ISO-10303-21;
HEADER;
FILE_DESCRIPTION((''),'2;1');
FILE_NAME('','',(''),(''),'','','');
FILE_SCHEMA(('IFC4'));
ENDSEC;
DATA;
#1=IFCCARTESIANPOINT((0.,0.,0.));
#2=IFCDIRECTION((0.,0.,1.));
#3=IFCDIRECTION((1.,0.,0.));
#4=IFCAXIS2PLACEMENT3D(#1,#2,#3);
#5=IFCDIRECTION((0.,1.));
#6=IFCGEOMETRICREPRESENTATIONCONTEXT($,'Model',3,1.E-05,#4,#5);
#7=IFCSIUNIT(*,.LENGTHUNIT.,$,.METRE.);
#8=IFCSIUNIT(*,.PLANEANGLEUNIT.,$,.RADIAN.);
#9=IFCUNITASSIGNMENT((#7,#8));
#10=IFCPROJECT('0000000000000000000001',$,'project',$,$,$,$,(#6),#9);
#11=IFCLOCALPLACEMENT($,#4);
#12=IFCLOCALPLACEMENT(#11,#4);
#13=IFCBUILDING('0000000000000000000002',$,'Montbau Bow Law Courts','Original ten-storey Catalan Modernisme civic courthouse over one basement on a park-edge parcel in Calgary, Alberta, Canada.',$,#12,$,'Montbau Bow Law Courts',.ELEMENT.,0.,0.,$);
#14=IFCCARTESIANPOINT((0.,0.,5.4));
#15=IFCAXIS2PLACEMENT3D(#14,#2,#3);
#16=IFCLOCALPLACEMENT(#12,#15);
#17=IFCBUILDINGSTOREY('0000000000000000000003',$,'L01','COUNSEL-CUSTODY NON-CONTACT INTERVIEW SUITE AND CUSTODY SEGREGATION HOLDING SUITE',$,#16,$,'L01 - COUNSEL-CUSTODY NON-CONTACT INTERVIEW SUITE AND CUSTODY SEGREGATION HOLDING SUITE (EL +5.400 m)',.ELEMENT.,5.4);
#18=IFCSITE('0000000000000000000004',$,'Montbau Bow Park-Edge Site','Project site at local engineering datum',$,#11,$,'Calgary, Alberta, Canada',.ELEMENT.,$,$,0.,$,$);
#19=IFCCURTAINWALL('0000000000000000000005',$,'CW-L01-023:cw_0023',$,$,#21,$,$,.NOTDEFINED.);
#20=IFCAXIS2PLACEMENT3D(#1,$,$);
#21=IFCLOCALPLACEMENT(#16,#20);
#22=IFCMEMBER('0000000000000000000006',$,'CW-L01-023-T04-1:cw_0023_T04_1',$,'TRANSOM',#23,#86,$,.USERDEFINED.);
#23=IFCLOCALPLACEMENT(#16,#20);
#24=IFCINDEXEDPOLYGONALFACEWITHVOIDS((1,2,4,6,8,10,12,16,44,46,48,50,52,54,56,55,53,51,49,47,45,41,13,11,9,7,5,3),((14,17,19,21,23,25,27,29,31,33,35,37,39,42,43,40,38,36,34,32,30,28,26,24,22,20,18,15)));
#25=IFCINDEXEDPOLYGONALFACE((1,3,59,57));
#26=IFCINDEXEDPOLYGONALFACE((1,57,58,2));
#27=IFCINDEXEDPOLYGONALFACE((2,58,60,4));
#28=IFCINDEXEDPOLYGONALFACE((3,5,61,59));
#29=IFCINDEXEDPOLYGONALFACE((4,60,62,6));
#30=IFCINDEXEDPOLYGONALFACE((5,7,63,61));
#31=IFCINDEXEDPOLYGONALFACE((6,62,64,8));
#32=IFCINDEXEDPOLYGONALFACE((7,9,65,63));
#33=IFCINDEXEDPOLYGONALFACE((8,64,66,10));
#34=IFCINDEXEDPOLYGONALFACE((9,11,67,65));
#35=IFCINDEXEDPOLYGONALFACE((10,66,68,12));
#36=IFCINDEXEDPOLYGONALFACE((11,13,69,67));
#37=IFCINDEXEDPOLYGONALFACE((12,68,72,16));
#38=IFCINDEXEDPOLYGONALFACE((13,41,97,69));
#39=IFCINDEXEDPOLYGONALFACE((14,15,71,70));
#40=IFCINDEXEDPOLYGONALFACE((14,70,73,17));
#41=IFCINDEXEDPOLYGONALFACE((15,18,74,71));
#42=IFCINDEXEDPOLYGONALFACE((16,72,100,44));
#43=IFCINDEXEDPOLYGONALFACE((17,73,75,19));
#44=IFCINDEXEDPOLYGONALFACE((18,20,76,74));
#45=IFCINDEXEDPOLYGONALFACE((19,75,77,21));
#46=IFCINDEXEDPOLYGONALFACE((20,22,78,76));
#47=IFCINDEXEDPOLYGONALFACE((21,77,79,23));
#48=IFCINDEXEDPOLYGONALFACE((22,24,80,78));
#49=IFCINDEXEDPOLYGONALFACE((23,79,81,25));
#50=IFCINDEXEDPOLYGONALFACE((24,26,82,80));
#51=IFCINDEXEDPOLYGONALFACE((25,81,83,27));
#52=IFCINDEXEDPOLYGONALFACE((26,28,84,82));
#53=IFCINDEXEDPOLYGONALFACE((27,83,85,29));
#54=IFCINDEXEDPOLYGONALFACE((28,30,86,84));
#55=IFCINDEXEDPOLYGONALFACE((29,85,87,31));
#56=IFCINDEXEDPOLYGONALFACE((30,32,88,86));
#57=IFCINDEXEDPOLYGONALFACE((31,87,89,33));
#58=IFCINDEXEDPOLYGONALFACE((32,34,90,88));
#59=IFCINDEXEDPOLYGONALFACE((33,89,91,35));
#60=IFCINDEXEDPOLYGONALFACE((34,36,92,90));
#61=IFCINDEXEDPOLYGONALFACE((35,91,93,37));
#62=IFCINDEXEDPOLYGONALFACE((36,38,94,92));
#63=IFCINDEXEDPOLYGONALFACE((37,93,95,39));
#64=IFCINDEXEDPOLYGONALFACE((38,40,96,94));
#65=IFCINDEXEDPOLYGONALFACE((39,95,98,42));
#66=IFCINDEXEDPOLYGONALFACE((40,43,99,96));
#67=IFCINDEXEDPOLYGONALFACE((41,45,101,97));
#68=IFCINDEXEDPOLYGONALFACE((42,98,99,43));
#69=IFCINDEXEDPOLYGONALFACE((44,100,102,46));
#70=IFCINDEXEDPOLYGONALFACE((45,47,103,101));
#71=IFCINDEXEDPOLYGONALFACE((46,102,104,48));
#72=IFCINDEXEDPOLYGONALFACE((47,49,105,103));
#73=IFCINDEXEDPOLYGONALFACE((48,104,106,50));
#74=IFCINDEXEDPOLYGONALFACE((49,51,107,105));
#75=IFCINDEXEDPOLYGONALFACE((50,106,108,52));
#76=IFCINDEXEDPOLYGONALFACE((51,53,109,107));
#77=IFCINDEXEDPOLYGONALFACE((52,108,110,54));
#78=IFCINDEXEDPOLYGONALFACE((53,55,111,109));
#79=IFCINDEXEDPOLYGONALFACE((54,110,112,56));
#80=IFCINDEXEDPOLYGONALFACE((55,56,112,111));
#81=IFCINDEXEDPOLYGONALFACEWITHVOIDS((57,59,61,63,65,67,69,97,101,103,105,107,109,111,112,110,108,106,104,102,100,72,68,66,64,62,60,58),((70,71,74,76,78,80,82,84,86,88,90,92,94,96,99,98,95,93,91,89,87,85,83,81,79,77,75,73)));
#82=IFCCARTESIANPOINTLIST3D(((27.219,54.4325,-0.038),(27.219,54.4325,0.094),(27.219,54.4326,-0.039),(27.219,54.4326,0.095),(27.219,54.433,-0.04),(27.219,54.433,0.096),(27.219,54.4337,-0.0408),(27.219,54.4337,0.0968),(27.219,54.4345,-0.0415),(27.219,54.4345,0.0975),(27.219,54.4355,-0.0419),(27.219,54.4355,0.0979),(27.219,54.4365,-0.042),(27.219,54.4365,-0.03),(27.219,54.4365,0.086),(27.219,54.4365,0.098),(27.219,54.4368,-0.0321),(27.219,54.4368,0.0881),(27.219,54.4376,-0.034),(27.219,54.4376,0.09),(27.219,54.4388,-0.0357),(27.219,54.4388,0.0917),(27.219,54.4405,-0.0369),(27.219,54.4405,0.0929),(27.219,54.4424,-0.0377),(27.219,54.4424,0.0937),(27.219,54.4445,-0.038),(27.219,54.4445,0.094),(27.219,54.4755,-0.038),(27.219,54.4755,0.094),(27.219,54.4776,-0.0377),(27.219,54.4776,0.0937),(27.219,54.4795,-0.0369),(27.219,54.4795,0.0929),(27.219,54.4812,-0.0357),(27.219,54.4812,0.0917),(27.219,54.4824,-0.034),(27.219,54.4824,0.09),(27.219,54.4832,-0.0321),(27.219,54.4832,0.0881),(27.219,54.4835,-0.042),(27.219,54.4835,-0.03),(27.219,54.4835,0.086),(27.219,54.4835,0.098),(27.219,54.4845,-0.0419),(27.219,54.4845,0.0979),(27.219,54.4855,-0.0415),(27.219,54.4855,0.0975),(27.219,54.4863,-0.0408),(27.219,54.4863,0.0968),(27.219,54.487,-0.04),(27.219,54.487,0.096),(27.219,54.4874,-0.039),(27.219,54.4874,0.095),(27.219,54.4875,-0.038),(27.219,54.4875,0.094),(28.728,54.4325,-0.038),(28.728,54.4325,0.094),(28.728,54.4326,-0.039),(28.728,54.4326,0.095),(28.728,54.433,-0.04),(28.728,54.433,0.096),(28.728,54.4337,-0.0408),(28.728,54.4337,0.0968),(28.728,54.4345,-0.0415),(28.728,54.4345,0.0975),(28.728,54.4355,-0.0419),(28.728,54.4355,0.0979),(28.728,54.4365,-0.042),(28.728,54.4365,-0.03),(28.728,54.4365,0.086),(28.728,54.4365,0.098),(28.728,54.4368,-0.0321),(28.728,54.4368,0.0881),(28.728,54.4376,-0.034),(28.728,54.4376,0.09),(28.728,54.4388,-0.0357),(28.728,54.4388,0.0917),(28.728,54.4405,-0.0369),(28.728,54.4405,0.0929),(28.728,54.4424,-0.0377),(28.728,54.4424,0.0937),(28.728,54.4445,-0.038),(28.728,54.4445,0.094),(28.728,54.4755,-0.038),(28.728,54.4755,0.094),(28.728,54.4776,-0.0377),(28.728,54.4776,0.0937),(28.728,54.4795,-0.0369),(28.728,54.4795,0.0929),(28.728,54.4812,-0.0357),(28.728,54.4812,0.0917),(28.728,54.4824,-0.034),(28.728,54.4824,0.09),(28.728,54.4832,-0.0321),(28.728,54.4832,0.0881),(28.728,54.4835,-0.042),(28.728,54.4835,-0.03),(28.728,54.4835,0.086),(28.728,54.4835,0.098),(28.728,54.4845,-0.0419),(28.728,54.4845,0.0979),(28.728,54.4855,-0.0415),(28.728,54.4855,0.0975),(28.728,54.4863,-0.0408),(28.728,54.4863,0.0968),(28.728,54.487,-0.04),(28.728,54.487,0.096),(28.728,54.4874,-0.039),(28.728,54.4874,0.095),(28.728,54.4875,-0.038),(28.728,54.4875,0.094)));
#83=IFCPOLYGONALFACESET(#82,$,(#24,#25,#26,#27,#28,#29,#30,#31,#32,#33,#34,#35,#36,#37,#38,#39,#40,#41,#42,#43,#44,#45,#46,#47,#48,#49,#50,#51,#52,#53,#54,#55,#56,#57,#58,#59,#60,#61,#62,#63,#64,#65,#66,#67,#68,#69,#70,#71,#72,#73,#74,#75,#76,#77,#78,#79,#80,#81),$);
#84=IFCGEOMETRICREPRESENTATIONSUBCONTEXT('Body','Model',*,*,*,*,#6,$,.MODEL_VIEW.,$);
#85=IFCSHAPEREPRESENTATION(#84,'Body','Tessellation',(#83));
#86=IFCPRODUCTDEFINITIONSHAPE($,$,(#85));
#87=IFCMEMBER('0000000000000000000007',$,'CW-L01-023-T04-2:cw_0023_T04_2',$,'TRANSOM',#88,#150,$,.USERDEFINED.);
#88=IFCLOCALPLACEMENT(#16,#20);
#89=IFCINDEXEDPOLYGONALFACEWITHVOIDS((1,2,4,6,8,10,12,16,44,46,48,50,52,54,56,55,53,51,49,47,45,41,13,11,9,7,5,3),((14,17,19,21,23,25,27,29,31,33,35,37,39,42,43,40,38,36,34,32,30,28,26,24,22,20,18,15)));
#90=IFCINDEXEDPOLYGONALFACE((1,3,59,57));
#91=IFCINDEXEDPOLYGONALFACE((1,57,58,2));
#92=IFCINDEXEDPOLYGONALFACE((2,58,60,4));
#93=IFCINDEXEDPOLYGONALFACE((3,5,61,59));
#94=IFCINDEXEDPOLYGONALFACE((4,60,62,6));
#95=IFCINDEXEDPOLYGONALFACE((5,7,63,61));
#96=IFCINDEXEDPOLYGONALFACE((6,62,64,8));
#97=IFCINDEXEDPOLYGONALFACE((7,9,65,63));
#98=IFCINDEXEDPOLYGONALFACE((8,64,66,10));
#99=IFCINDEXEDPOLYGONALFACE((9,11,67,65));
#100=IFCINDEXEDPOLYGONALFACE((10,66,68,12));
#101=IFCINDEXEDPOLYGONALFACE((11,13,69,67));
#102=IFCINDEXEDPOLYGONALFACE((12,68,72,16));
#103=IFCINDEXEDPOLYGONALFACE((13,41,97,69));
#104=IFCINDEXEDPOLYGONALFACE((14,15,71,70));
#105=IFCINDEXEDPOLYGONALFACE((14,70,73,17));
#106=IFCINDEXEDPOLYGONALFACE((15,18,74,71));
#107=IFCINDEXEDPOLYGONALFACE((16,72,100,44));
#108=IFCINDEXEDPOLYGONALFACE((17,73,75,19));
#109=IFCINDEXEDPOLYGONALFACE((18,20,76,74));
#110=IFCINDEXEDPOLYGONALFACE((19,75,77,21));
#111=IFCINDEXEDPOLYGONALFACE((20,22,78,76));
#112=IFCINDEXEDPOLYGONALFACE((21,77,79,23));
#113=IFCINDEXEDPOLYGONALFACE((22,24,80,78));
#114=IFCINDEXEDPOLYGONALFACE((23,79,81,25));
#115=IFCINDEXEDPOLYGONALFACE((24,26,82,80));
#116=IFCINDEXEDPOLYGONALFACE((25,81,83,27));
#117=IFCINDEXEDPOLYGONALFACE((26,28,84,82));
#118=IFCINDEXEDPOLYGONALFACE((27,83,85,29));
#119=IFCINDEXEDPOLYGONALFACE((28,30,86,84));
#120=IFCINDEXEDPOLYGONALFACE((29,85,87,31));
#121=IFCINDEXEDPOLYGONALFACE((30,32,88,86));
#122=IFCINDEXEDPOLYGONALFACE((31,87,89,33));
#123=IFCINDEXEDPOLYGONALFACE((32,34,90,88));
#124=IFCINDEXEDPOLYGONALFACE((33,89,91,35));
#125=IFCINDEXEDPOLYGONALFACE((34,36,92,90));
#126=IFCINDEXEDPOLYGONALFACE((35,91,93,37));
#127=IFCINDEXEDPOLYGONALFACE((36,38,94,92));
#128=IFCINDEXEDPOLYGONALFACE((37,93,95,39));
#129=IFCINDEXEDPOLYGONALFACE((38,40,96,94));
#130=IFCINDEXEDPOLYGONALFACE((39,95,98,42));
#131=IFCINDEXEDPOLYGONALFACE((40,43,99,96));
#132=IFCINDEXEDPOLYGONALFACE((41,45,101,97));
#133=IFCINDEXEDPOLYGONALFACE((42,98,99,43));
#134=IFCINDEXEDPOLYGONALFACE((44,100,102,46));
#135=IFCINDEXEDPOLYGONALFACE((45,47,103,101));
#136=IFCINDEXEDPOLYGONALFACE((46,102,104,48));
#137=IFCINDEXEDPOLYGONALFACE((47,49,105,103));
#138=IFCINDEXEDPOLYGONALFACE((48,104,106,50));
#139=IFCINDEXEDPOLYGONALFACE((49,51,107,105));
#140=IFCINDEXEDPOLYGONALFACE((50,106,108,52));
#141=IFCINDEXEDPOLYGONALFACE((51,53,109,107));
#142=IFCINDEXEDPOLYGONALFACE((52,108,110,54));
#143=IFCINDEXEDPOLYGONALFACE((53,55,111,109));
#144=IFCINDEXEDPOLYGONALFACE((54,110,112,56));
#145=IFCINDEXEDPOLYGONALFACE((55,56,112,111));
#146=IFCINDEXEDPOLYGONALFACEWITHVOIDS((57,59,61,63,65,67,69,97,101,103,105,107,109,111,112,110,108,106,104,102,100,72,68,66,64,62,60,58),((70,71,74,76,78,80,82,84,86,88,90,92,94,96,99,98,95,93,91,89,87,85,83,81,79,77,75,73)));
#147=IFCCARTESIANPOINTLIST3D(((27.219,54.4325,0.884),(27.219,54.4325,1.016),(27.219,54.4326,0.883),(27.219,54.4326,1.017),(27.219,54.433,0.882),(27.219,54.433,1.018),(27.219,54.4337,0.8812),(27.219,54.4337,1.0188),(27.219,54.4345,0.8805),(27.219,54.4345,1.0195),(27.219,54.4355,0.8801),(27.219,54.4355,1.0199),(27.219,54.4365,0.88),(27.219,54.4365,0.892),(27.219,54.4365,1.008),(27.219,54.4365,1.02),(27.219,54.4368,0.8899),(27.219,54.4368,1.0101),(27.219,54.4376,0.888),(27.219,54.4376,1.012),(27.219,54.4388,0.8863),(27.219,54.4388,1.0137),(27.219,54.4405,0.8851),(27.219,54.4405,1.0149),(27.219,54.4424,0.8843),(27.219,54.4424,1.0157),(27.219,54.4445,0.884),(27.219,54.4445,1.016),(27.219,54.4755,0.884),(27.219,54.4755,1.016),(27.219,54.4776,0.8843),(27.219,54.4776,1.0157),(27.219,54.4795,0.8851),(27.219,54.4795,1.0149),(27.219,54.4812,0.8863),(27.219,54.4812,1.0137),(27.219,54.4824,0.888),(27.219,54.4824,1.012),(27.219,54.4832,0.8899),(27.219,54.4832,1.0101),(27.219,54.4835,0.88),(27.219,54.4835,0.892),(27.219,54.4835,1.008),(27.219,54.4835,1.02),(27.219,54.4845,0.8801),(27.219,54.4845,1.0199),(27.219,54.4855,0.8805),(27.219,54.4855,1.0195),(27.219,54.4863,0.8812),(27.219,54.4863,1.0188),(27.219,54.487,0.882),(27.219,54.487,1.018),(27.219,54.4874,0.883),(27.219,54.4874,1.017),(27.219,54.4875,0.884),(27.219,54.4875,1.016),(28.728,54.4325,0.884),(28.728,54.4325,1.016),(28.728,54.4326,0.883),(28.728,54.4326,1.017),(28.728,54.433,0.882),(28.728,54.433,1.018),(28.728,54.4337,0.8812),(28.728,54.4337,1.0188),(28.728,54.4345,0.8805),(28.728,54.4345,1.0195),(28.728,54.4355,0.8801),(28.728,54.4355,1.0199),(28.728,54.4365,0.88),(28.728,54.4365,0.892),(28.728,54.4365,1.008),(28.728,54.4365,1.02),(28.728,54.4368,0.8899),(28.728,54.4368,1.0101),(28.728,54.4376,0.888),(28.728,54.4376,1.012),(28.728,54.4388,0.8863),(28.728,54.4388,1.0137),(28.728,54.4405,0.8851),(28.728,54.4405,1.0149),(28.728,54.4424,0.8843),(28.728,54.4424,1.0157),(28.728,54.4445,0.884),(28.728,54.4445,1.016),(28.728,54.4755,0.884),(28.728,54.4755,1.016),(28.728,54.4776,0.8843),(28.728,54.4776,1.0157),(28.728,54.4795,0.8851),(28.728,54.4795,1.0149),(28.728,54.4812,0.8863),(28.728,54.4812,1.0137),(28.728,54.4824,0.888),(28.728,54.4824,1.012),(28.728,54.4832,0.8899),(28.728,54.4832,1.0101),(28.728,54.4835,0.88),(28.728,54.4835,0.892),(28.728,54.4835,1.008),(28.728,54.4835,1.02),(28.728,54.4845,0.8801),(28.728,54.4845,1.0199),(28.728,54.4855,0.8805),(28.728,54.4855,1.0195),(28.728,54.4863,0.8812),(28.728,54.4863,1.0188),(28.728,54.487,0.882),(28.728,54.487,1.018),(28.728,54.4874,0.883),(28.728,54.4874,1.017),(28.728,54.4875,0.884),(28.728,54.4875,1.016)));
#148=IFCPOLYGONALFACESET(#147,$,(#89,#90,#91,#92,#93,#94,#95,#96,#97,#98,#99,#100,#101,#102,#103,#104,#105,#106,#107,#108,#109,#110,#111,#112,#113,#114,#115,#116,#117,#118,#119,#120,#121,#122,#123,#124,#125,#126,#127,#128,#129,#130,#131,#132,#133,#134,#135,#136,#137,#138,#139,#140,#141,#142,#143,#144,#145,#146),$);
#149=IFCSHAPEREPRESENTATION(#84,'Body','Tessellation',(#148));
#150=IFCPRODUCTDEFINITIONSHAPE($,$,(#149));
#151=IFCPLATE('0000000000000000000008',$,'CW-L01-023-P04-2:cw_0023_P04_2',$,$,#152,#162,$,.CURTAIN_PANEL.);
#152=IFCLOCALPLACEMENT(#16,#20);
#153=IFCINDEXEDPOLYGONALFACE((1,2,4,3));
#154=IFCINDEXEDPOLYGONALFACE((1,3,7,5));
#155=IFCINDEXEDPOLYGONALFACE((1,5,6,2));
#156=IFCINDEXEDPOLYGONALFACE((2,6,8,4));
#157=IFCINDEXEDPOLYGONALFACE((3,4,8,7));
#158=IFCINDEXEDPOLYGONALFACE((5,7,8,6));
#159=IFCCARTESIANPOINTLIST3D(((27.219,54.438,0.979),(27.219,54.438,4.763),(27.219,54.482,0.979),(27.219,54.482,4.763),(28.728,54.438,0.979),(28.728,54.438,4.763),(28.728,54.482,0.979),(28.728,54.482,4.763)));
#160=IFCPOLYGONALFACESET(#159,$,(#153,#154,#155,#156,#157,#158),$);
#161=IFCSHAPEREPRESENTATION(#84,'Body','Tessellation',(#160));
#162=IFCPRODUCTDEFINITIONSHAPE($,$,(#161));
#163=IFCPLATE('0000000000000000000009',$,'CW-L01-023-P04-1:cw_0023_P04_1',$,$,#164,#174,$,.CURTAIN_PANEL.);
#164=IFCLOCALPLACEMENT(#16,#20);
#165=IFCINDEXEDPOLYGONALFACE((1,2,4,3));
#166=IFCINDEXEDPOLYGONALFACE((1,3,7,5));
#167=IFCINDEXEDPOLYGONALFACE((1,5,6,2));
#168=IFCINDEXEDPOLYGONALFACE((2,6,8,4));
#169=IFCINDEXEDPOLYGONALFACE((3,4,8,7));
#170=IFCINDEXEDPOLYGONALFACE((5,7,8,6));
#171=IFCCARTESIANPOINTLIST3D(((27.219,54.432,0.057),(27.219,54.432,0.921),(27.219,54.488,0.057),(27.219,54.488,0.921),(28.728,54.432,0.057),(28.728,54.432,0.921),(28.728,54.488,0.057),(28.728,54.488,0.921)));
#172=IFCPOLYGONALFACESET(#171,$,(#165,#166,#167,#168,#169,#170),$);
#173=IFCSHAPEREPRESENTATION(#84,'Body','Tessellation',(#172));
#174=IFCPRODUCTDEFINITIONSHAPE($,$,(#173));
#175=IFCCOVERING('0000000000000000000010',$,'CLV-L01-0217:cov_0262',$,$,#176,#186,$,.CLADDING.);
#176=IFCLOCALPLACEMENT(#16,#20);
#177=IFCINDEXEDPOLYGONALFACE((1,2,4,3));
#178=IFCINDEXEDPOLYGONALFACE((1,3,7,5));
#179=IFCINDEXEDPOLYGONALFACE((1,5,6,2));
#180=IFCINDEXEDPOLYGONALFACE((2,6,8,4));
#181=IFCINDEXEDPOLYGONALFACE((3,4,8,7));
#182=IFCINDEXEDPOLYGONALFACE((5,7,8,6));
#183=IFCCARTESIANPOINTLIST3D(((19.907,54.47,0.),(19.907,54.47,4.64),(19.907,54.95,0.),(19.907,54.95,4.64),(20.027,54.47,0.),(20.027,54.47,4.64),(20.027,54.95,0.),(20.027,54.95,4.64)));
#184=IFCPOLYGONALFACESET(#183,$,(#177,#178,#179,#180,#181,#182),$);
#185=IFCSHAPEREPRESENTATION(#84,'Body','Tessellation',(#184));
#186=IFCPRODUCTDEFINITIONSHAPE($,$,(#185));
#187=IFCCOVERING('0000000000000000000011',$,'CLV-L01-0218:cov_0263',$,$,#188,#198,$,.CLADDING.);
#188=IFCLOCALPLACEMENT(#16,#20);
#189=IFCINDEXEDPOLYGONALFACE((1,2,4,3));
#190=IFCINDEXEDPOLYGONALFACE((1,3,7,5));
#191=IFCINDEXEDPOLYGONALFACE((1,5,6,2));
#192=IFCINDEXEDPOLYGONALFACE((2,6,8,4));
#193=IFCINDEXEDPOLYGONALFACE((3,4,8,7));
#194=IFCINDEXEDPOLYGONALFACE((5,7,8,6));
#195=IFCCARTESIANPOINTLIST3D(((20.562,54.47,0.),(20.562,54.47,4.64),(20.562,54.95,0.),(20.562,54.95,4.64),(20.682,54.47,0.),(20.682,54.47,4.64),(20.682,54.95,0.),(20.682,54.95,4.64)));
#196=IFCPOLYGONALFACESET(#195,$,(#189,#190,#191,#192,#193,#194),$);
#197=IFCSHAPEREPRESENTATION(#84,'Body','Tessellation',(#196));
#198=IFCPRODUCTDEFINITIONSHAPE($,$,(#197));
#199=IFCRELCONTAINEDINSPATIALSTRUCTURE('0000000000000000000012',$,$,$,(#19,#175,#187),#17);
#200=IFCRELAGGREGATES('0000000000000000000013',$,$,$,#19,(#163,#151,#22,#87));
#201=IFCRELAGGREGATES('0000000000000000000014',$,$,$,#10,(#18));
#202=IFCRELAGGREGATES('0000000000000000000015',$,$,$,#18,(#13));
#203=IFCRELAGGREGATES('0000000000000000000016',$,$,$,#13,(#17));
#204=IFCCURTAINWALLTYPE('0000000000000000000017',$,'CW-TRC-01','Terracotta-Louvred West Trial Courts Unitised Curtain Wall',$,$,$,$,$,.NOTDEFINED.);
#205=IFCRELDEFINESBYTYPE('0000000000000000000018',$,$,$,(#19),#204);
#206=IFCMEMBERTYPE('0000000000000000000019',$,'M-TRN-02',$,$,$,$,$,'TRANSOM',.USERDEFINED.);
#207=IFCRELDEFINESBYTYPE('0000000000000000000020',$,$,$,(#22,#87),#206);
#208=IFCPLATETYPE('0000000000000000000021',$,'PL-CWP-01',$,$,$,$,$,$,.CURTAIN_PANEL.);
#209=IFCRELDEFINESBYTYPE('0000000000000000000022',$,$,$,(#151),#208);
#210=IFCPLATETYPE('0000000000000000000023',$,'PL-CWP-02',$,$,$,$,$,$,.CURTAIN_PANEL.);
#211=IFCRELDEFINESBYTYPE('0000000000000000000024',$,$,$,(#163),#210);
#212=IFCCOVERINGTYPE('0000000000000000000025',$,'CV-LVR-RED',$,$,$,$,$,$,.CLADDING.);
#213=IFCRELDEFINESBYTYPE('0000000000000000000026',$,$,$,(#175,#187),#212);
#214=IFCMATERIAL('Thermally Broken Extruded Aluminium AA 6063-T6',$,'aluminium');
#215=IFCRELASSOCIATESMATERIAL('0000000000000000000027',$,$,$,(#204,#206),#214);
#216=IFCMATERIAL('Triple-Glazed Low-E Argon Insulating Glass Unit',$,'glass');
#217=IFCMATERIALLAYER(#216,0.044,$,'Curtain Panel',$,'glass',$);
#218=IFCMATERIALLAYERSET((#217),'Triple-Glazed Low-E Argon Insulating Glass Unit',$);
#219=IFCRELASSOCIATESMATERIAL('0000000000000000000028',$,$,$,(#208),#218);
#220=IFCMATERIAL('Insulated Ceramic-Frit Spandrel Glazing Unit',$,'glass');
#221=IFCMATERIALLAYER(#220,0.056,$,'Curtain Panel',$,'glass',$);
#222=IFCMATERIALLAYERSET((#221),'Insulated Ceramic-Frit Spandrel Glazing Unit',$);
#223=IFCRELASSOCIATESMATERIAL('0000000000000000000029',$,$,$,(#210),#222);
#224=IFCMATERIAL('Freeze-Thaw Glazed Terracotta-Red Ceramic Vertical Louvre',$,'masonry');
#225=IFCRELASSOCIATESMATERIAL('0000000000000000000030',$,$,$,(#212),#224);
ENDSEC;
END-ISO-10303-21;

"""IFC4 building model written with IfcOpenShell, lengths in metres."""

from ifc_helpers import new_model, si_unit, direction, frame, frame_2d, origin_with_axes, origin_2d_with_axis, place, context, subcontext, project, spatial, rectangle, hollow_rectangle, extrude, material, layer, layer_set, material_profile, profile_set, type_object, element, aggregate, save


model = new_model("IFC4")

# Units and contexts
model_context = context("Model", 3, precision=1e-05, world=origin_with_axes(), true_north=direction((0.0, 1.0)))
body_context = subcontext(model_context, "Body", "Model", "MODEL_VIEW")
ifc_project = project(units=[si_unit("LENGTHUNIT", "METRE"), si_unit("PLANEANGLEUNIT", "RADIAN")], contexts=[model_context])

# Site, building, storey
site_placement = place(None, origin_with_axes())
site = spatial("IfcSite", under=ifc_project, at=site_placement, Name="Montbau Bow Park-Edge Site", Description="Project site at local engineering datum", LongName="Calgary, Alberta, Canada", CompositionType="ELEMENT", RefElevation=0.0)
building_placement = place(site_placement, origin_with_axes())
building = spatial("IfcBuilding", under=site, at=building_placement, Name="Montbau Bow Law Courts", Description="Original ten-storey Catalan Modernisme civic courthouse over one basement on a park-edge parcel in Calgary, Alberta, Canada.", LongName="Montbau Bow Law Courts", CompositionType="ELEMENT", ElevationOfRefHeight=0.0, ElevationOfTerrain=0.0)
storey_placement = place(building_placement, frame((0.0, 0.0, 5.4), z_axis=(0.0, 0.0, 1.0), x_axis=(1.0, 0.0, 0.0)))
storey = spatial("IfcBuildingStorey", under=building, at=storey_placement, Name="L01", Description="COUNSEL-CUSTODY NON-CONTACT INTERVIEW SUITE AND CUSTODY SEGREGATION HOLDING SUITE", LongName="L01 - COUNSEL-CUSTODY NON-CONTACT INTERVIEW SUITE AND CUSTODY SEGREGATION HOLDING SUITE (EL +5.400 m)", CompositionType="ELEMENT", Elevation=5.4)

# Curtain wall, members, plates
ifc_material_1 = material(Name="Thermally Broken Extruded Aluminium AA 6063-T6", Category="aluminium")
curtain_wall_type = type_object("IfcCurtainWallType", Name="CW-TRC-01", Description="Terracotta-Louvred West Trial Courts Unitised Curtain Wall", PredefinedType="NOTDEFINED", material=ifc_material_1)
curtain_wall_placement = place(None, frame((22.467, 54.46, 5.4), z_axis=(0.0, 0.0, 1.0), x_axis=(1.0, 0.0, 0.0)))
curtain_wall = element("IfcCurtainWall", 1, at=curtain_wall_placement, inside=storey, type_object=curtain_wall_type, Name="CW-L01-023:cw_0023", PredefinedType="NOTDEFINED")
ifc_material_profile_1 = material_profile(ifc_material_1, hollow_rectangle(XDim=0.055, YDim=0.14, WallThickness=0.004, InnerFilletRadius=0.008, OuterFilletRadius=0.004, at=origin_2d_with_axis()), Name="CWT-140X55", Category="Main", Priority=0)
ifc_profile_set_1 = profile_set([ifc_material_profile_1], Name="Thermally Broken Extruded Aluminium AA 6063-T6")
member_type = type_object("IfcMemberType", Name="M-TRN-02", ElementType="TRANSOM", PredefinedType="USERDEFINED", material=ifc_profile_set_1)
member_1_placement = place(None, frame((27.219, 54.46, 5.428), z_axis=(1.0, 0.0, 0.0), x_axis=(0.0, 1.0, 0.0)))
member_1 = element("IfcMember", 2, at=member_1_placement, type_object=member_type, Name="CW-L01-023-T04-1:cw_0023_T04_1", ObjectType="TRANSOM", PredefinedType="USERDEFINED", context=body_context, shape_type="SweptSolid", body=[
    extrude(hollow_rectangle(XDim=0.055, YDim=0.14, WallThickness=0.004, InnerFilletRadius=0.008, OuterFilletRadius=0.004, at=origin_2d_with_axis()), origin_with_axes(), (0.0, 0.0, 1.0), 1.509),
])
member_2_placement = place(None, frame((27.219, 54.46, 6.35), z_axis=(1.0, 0.0, 0.0), x_axis=(0.0, 1.0, 0.0)))
member_2 = element("IfcMember", 3, at=member_2_placement, type_object=member_type, Name="CW-L01-023-T04-2:cw_0023_T04_2", ObjectType="TRANSOM", PredefinedType="USERDEFINED", context=body_context, shape_type="SweptSolid", body=[
    extrude(hollow_rectangle(XDim=0.055, YDim=0.14, WallThickness=0.004, InnerFilletRadius=0.008, OuterFilletRadius=0.004, at=origin_2d_with_axis()), origin_with_axes(), (0.0, 0.0, 1.0), 1.509),
])
ifc_material_2 = material(Name="Triple-Glazed Low-E Argon Insulating Glass Unit", Category="glass")
ifc_layer_1 = layer(ifc_material_2, 0.044, Name="Curtain Panel", Category="glass")
ifc_layer_set_1 = layer_set([ifc_layer_1], Name="Triple-Glazed Low-E Argon Insulating Glass Unit")
plate_type_1 = type_object("IfcPlateType", Name="PL-CWP-01", PredefinedType="CURTAIN_PANEL", material=ifc_layer_set_1)
plate_1_placement = place(None, frame((27.219, 54.46, 6.379), z_axis=(0.0, -1.0, 0.0), x_axis=(1.0, 0.0, 0.0)))
plate_1 = element("IfcPlate", 4, at=plate_1_placement, type_object=plate_type_1, Name="CW-L01-023-P04-2:cw_0023_P04_2", PredefinedType="CURTAIN_PANEL", context=body_context, shape_type="SweptSolid", body=[
    extrude(rectangle(XDim=1.509, YDim=3.784, at=frame_2d((0.7545, 1.892), x_axis=(1.0, 0.0))), frame((0.0, 0.0, -0.022), z_axis=(0.0, 0.0, 1.0), x_axis=(1.0, 0.0, 0.0)), (0.0, 0.0, 1.0), 0.044),
])
ifc_material_3 = material(Name="Insulated Ceramic-Frit Spandrel Glazing Unit", Category="glass")
ifc_layer_2 = layer(ifc_material_3, 0.056, Name="Curtain Panel", Category="glass")
ifc_layer_set_2 = layer_set([ifc_layer_2], Name="Insulated Ceramic-Frit Spandrel Glazing Unit")
plate_type_2 = type_object("IfcPlateType", Name="PL-CWP-02", PredefinedType="CURTAIN_PANEL", material=ifc_layer_set_2)
plate_2_placement = place(None, frame((27.219, 54.46, 5.457), z_axis=(0.0, -1.0, 0.0), x_axis=(1.0, 0.0, 0.0)))
plate_2 = element("IfcPlate", 5, at=plate_2_placement, type_object=plate_type_2, Name="CW-L01-023-P04-1:cw_0023_P04_1", PredefinedType="CURTAIN_PANEL", context=body_context, shape_type="SweptSolid", body=[
    extrude(rectangle(XDim=1.509, YDim=0.864, at=frame_2d((0.7545, 0.432), x_axis=(1.0, 0.0))), frame((0.0, 0.0, -0.028), z_axis=(0.0, 0.0, 1.0), x_axis=(1.0, 0.0, 0.0)), (0.0, 0.0, 1.0), 0.056),
])
aggregate(curtain_wall, [plate_2, plate_1, member_1, member_2])

# Coverings
ifc_material_4 = material(Name="Freeze-Thaw Glazed Terracotta-Red Ceramic Vertical Louvre", Category="masonry")
covering_type = type_object("IfcCoveringType", Name="CV-LVR-RED", PredefinedType="CLADDING", material=ifc_material_4)
for number, where, z_axis, x_axis, name in (
    (6, (19.967, 54.47, 5.4), (1.0, 0.0, 0.0), (0.0, 1.0, 0.0), "CLV-L01-0217:cov_0262"),
    (7, (20.622, 54.47, 5.4), (1.0, 0.0, 0.0), (0.0, 1.0, 0.0), "CLV-L01-0218:cov_0263"),
):
    element("IfcCovering", number, at=place(None, frame(where, z_axis=z_axis, x_axis=x_axis)), inside=storey, type_object=covering_type, Name=name, PredefinedType="CLADDING", context=body_context, shape_type="SweptSolid", body=[
        extrude(rectangle(XDim=0.48, YDim=4.64, at=frame_2d((0.24, 2.32), x_axis=(1.0, 0.0))), frame((0.0, 0.0, -0.06), z_axis=(0.0, 0.0, 1.0), x_axis=(1.0, 0.0, 0.0)), (0.0, 0.0, 1.0), 0.12),
    ])

save(model, "model.ifc")
